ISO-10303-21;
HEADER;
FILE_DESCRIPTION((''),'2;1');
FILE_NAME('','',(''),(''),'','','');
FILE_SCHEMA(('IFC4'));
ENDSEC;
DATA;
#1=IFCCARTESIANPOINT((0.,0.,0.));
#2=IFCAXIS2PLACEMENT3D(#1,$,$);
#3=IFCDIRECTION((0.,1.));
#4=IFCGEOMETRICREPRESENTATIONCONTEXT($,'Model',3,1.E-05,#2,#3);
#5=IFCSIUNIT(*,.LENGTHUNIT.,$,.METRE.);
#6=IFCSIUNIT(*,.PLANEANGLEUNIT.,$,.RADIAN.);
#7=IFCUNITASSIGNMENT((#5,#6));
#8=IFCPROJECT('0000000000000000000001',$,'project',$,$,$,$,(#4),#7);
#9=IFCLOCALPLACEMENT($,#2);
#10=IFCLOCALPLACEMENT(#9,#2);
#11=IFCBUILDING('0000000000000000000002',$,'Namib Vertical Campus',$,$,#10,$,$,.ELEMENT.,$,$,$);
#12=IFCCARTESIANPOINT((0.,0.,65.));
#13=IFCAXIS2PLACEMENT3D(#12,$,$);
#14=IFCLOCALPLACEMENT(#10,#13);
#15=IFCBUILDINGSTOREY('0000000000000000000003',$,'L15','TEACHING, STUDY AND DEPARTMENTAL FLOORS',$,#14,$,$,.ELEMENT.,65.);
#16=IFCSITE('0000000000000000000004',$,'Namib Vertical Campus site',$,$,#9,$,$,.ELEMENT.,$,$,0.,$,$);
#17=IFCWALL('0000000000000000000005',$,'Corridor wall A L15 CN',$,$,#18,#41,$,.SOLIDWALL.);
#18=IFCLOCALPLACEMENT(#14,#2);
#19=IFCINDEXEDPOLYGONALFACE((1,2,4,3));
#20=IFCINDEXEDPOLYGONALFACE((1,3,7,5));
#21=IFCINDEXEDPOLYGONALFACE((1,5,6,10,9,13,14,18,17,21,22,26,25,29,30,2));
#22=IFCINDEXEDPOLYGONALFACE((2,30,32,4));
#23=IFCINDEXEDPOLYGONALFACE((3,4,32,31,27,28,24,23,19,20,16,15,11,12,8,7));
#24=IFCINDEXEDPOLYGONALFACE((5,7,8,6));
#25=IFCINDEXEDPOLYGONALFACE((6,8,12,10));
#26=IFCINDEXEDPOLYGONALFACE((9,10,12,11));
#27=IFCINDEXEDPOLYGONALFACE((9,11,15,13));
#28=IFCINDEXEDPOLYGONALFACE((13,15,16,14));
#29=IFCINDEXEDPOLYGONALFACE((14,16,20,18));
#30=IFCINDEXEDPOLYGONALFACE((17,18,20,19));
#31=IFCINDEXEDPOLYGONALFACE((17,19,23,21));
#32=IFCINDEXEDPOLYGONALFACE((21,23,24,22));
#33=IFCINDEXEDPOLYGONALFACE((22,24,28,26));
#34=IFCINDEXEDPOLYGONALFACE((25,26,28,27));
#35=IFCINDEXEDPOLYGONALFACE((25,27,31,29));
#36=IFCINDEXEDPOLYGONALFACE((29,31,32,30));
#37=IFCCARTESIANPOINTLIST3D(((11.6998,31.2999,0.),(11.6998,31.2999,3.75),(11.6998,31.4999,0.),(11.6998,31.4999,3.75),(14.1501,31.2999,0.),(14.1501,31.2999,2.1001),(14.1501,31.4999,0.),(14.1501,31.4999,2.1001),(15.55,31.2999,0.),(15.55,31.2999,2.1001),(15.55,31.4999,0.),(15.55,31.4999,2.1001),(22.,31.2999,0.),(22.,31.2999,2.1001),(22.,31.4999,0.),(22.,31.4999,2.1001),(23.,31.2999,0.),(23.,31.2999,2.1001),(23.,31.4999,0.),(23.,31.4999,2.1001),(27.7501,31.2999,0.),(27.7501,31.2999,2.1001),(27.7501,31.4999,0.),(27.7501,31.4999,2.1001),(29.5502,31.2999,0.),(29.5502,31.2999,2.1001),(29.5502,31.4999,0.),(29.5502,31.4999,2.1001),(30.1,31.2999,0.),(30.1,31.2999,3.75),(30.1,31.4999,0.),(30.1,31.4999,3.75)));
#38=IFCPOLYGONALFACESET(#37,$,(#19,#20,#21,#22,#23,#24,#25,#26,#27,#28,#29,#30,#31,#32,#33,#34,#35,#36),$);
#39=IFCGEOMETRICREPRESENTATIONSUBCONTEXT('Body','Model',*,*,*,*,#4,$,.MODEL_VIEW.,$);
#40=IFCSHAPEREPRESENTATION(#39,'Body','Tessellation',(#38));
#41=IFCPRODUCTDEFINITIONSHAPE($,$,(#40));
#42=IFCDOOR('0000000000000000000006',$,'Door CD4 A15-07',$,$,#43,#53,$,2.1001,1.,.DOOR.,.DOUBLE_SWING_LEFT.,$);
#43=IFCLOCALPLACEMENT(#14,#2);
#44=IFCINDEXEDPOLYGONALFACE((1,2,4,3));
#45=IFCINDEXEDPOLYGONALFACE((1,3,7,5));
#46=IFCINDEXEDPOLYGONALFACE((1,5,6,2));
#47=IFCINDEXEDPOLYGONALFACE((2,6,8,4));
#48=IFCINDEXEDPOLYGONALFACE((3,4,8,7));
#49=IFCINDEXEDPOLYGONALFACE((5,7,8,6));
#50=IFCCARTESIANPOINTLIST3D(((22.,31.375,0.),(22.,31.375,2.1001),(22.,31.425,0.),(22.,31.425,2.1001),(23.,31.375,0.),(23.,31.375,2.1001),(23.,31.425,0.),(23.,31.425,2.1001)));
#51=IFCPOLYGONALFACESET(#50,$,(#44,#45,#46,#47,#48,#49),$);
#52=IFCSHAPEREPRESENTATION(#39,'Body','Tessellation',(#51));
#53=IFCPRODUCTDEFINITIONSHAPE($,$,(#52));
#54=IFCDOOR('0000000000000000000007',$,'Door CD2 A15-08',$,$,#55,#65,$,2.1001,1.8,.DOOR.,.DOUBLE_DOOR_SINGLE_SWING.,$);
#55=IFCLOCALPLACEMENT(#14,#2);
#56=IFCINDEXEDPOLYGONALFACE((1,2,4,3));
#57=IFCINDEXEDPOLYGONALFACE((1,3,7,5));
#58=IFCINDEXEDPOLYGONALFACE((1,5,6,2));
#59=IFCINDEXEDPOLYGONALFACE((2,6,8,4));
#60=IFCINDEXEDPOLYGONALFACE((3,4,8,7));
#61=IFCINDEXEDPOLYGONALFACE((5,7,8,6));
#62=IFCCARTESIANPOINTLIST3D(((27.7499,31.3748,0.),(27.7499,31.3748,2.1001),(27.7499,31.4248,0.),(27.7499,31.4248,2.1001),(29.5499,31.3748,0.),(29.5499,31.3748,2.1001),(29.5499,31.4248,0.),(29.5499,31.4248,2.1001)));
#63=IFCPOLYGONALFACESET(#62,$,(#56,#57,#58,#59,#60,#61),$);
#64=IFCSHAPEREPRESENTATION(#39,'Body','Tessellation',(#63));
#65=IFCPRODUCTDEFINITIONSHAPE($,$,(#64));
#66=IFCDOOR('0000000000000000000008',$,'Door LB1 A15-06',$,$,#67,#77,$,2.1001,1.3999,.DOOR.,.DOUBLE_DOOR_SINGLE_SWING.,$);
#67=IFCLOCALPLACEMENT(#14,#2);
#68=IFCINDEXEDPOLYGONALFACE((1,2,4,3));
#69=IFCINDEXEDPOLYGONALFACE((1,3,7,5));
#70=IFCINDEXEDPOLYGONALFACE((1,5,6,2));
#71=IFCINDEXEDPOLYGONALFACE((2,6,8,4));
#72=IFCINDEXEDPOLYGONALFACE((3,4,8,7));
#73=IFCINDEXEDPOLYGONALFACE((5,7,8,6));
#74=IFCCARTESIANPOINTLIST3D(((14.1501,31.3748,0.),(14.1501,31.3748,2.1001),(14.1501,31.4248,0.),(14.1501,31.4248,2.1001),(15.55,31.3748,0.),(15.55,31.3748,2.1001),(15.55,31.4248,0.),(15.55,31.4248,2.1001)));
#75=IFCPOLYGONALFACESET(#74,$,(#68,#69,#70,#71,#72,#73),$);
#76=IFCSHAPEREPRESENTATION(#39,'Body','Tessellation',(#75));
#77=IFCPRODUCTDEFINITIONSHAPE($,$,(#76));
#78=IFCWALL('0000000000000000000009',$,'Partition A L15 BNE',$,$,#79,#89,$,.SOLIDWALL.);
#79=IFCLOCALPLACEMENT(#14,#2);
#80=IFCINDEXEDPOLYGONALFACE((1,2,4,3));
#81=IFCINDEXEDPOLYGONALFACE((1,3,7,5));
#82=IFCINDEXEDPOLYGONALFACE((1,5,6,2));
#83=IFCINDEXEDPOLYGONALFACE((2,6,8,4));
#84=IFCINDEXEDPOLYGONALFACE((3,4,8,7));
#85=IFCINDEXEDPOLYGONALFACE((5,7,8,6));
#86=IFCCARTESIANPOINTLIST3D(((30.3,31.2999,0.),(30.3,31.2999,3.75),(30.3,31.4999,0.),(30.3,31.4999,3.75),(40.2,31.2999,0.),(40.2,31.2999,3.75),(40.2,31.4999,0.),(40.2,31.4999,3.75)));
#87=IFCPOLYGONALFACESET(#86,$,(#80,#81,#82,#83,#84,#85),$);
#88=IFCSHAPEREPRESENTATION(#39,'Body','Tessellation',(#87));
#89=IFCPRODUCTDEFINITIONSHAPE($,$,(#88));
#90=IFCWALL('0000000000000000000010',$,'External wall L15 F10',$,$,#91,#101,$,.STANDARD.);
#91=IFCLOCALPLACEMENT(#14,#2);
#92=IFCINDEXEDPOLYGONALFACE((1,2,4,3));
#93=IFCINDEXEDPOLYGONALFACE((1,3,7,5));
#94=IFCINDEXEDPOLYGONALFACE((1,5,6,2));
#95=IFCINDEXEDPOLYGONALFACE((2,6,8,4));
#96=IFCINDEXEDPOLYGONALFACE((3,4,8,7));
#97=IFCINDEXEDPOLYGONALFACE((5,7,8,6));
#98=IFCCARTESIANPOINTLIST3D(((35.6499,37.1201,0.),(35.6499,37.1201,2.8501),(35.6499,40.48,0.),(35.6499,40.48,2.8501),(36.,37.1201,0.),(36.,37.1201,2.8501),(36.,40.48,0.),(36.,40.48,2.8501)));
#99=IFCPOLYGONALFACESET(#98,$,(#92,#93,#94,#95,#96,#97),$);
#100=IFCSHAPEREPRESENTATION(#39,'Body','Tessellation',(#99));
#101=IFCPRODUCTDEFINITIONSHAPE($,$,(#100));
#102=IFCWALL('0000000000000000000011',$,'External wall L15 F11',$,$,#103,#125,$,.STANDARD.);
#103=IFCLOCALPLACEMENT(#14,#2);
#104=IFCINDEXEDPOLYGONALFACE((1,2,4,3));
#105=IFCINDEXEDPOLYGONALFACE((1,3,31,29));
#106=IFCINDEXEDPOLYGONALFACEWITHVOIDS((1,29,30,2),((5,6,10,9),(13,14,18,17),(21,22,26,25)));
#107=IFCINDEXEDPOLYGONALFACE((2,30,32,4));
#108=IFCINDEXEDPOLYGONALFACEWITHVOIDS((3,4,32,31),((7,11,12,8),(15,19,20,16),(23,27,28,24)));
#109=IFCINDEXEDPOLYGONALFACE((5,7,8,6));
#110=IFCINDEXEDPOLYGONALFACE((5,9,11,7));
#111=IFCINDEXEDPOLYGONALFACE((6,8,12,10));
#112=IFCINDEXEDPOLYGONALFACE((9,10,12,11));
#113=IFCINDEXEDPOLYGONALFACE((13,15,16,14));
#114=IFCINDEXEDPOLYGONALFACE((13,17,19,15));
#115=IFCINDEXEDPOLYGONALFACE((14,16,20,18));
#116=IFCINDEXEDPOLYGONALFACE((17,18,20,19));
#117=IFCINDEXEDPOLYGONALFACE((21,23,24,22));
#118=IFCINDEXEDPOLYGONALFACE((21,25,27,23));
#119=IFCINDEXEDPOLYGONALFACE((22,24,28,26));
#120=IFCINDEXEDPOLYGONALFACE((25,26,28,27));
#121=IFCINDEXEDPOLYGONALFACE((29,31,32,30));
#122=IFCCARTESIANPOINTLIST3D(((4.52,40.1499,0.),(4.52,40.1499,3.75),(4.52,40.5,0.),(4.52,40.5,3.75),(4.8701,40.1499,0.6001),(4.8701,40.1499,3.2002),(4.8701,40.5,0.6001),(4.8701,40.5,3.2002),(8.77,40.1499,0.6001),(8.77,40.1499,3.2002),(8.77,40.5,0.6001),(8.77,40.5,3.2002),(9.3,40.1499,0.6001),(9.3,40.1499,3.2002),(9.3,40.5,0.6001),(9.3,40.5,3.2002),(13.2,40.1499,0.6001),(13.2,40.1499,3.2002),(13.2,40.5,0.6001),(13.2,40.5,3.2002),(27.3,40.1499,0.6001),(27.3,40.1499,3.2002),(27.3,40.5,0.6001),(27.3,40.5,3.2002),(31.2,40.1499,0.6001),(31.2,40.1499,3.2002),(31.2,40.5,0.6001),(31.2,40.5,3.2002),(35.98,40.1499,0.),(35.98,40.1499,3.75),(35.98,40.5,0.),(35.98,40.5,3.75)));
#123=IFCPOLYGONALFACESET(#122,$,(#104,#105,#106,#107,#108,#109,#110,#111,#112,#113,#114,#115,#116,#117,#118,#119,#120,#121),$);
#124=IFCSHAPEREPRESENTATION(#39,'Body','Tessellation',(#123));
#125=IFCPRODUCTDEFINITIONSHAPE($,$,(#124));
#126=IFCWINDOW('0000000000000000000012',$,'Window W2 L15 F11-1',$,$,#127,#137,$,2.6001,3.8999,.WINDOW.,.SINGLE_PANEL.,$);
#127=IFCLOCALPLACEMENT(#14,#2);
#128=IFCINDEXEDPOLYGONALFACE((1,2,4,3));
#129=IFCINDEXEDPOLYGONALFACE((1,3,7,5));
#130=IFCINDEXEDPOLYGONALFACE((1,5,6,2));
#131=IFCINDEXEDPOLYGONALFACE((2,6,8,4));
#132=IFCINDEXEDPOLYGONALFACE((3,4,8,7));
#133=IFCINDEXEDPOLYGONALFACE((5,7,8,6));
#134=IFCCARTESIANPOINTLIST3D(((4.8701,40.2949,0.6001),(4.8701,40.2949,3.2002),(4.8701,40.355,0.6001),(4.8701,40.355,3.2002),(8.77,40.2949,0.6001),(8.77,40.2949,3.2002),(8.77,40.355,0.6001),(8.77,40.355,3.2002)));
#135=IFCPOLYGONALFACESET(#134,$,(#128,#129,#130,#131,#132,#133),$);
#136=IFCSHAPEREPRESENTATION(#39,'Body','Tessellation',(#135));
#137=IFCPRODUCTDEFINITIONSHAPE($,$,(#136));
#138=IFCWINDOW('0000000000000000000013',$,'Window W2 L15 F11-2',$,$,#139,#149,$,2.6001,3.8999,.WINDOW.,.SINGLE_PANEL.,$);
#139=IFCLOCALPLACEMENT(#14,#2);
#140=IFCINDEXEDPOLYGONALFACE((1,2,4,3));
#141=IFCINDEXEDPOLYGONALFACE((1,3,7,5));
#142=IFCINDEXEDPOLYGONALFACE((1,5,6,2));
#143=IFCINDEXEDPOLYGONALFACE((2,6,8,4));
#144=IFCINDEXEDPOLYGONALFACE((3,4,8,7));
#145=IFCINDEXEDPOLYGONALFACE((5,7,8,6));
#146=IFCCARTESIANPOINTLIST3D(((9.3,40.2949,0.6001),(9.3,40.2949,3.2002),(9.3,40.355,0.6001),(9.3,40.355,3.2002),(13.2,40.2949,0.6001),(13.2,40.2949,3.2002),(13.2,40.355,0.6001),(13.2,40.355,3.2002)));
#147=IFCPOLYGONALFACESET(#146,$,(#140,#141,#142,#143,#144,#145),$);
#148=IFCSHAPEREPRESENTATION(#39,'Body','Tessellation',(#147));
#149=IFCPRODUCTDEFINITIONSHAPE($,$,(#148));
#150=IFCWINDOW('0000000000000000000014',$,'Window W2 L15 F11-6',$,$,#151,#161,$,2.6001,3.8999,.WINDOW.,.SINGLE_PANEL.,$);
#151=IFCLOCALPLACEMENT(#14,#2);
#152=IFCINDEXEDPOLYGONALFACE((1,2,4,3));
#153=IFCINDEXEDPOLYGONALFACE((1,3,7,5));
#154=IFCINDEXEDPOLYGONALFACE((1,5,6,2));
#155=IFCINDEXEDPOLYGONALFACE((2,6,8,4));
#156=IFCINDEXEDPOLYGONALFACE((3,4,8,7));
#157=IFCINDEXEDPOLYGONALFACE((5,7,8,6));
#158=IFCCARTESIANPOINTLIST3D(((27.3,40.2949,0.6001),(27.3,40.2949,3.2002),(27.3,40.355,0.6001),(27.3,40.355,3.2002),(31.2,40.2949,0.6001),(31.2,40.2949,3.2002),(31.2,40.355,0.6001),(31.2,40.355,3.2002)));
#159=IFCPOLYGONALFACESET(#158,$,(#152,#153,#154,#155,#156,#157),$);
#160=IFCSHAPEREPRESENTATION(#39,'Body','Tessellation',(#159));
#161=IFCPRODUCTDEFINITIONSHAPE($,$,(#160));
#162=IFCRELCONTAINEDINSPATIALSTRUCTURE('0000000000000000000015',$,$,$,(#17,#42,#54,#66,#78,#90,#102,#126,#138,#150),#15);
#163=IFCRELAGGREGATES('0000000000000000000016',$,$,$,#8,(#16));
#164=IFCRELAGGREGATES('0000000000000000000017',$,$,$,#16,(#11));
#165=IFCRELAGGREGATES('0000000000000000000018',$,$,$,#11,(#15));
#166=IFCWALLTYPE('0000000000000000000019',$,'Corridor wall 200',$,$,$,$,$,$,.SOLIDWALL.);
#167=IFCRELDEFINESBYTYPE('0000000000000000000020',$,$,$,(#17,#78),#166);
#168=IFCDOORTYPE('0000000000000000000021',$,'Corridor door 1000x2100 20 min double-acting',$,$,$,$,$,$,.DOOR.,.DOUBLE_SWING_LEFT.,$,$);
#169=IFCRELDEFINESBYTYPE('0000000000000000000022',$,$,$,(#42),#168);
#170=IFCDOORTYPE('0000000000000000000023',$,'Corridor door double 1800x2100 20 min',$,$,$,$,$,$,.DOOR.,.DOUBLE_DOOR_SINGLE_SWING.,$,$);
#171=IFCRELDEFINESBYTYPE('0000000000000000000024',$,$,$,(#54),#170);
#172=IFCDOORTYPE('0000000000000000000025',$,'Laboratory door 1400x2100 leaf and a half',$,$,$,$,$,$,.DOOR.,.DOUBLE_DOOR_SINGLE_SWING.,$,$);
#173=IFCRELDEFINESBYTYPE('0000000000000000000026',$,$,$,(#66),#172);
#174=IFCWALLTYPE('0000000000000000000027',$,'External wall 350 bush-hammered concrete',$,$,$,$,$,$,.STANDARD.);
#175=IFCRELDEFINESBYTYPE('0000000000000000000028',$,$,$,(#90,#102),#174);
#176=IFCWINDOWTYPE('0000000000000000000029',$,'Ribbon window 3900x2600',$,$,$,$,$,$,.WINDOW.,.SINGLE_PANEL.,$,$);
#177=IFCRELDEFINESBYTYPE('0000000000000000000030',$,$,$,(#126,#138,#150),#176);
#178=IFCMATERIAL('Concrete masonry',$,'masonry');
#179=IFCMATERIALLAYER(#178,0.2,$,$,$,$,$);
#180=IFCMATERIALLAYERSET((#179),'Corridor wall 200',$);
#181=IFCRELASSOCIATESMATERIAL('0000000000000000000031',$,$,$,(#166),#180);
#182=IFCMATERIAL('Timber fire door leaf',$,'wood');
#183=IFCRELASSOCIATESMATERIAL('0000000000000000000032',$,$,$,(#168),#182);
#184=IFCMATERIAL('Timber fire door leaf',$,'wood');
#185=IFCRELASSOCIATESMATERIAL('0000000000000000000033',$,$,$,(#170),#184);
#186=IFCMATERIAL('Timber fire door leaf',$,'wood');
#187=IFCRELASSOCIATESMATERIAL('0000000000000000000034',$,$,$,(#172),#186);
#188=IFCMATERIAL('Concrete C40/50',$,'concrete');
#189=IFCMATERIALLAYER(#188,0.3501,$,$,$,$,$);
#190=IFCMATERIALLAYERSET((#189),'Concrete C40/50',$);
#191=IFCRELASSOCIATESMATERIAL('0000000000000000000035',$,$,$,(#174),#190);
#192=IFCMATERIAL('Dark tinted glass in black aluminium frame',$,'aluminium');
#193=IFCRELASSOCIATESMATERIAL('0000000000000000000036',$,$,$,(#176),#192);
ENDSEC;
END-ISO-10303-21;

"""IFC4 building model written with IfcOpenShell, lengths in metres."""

from ifc_helpers import new_model, si_unit, direction, frame, frame_2d, origin, place, context, subcontext, project, spatial, rectangle, extrude, material, layer, layer_set, type_object, element, fill, save


model = new_model("IFC4")

# Units and contexts
model_context = context("Model", 3, precision=1e-05, world=origin(), true_north=direction((0.0, 1.0)))
body_context = subcontext(model_context, "Body", "Model", "MODEL_VIEW")
ifc_project = project(units=[si_unit("LENGTHUNIT", "METRE"), si_unit("PLANEANGLEUNIT", "RADIAN")], contexts=[model_context])

# Site, building, storey
site_placement = place(None, origin())
site = spatial("IfcSite", under=ifc_project, at=site_placement, Name="Namib Vertical Campus site", CompositionType="ELEMENT", RefElevation=0.0)
building_placement = place(site_placement, origin())
building = spatial("IfcBuilding", under=site, at=building_placement, Name="Namib Vertical Campus", CompositionType="ELEMENT")
storey_placement = place(building_placement, frame((0.0, 0.0, 65.0)))
storey = spatial("IfcBuildingStorey", under=building, at=storey_placement, Name="L15", Description="TEACHING, STUDY AND DEPARTMENTAL FLOORS", CompositionType="ELEMENT", Elevation=65.0)

# Wall, openings, doors
ifc_material_1 = material(Name="Concrete masonry", Category="masonry")
ifc_layer_1 = layer(ifc_material_1, 0.2)
ifc_layer_set_1 = layer_set([ifc_layer_1], Name="Corridor wall 200")
wall_type_1 = type_object("IfcWallType", Name="Corridor wall 200", PredefinedType="SOLIDWALL", material=ifc_layer_set_1)
wall_1_placement = place(storey_placement, frame((30.1001, 31.3999, 0.0), z_axis=(0.0, 0.0, 1.0), x_axis=(-1.0, 0.0, 0.0)))
wall_1 = element("IfcWall", 1, at=wall_1_placement, inside=storey, type_object=wall_type_1, Name="Corridor wall A L15 CN", PredefinedType="SOLIDWALL", context=body_context, shape_type="SweptSolid", body=[
    extrude(rectangle(XDim=18.4001, YDim=0.2, at=frame_2d((9.2002, 0.0))), origin(), (0.0, 0.0, 1.0), 3.75),
])
opening_1_placement = place(wall_1_placement, frame((14.55, 0.0, 0.0)))
opening_1 = element("IfcOpeningElement", 2, at=opening_1_placement, cuts=wall_1, PredefinedType="OPENING", context=body_context, shape_type="SweptSolid", body=[
    extrude(rectangle(XDim=1.3999, YDim=2.1001, at=frame_2d((0.7, 1.05))), frame((0.0, 0.1099, 0.0), z_axis=(0.0, -1.0, 0.0), x_axis=(1.0, 0.0, 0.0)), (0.0, 0.0, 1.0), 0.22),
])
opening_2_placement = place(wall_1_placement, frame((7.1001, 0.0, 0.0)))
opening_2 = element("IfcOpeningElement", 3, at=opening_2_placement, cuts=wall_1, PredefinedType="OPENING", context=body_context, shape_type="SweptSolid", body=[
    extrude(rectangle(XDim=1.0, YDim=2.1001, at=frame_2d((0.5, 1.05))), frame((0.0, 0.1099, 0.0), z_axis=(0.0, -1.0, 0.0), x_axis=(1.0, 0.0, 0.0)), (0.0, 0.0, 1.0), 0.22),
])
opening_3_placement = place(wall_1_placement, frame((0.55, 0.0, 0.0)))
opening_3 = element("IfcOpeningElement", 4, at=opening_3_placement, cuts=wall_1, PredefinedType="OPENING", context=body_context, shape_type="SweptSolid", body=[
    extrude(rectangle(XDim=1.8, YDim=2.1001, at=frame_2d((0.8999, 1.05))), frame((0.0, 0.1099, 0.0), z_axis=(0.0, -1.0, 0.0), x_axis=(1.0, 0.0, 0.0)), (0.0, 0.0, 1.0), 0.22),
])
ifc_material_2 = material(Name="Timber fire door leaf", Category="wood")
door_type_1 = type_object("IfcDoorType", Name="Corridor door 1000x2100 20 min double-acting", OperationType="DOUBLE_SWING_LEFT", PredefinedType="DOOR", material=ifc_material_2)
door_1_placement = place(opening_2_placement, origin())
door_1 = element("IfcDoor", 5, at=door_1_placement, inside=storey, type_object=door_type_1, Name="Door CD4 A15-07", OperationType="DOUBLE_SWING_LEFT", OverallHeight=2.1001, OverallWidth=1.0, PredefinedType="DOOR", context=body_context, shape_type="SweptSolid", body=[
    extrude(rectangle(XDim=1.0, YDim=2.1001, at=frame_2d((0.5, 1.05))), frame((0.0, 0.0249, 0.0), z_axis=(0.0, -1.0, 0.0), x_axis=(1.0, 0.0, 0.0)), (0.0, 0.0, 1.0), 0.05),
])
fill(opening_2, door_1)
ifc_material_3 = material(Name="Timber fire door leaf", Category="wood")
door_type_2 = type_object("IfcDoorType", Name="Corridor door double 1800x2100 20 min", OperationType="DOUBLE_DOOR_SINGLE_SWING", PredefinedType="DOOR", material=ifc_material_3)
door_2_placement = place(opening_3_placement, frame((1.8, 0.0, 0.0), z_axis=(0.0, 0.0, 1.0), x_axis=(-1.0, 0.0, 0.0)))
door_2 = element("IfcDoor", 6, at=door_2_placement, inside=storey, type_object=door_type_2, Name="Door CD2 A15-08", OperationType="DOUBLE_DOOR_SINGLE_SWING", OverallHeight=2.1001, OverallWidth=1.8, PredefinedType="DOOR", context=body_context, shape_type="SweptSolid", body=[
    extrude(rectangle(XDim=1.8, YDim=2.1001, at=frame_2d((0.8999, 1.05))), frame((0.0, 0.0249, 0.0), z_axis=(0.0, -1.0, 0.0), x_axis=(1.0, 0.0, 0.0)), (0.0, 0.0, 1.0), 0.05),
])
fill(opening_3, door_2)
ifc_material_4 = material(Name="Timber fire door leaf", Category="wood")
door_type_3 = type_object("IfcDoorType", Name="Laboratory door 1400x2100 leaf and a half", OperationType="DOUBLE_DOOR_SINGLE_SWING", PredefinedType="DOOR", material=ifc_material_4)
door_3_placement = place(opening_1_placement, frame((1.3999, 0.0, 0.0), z_axis=(0.0, 0.0, 1.0), x_axis=(-1.0, 0.0, 0.0)))
door_3 = element("IfcDoor", 7, at=door_3_placement, inside=storey, type_object=door_type_3, Name="Door LB1 A15-06", OperationType="DOUBLE_DOOR_SINGLE_SWING", OverallHeight=2.1001, OverallWidth=1.3999, PredefinedType="DOOR", context=body_context, shape_type="SweptSolid", body=[
    extrude(rectangle(XDim=1.3999, YDim=2.1001, at=frame_2d((0.7, 1.05))), frame((0.0, 0.0249, 0.0), z_axis=(0.0, -1.0, 0.0), x_axis=(1.0, 0.0, 0.0)), (0.0, 0.0, 1.0), 0.05),
])
fill(opening_1, door_3)

# Walls
wall_2_placement = place(storey_placement, frame((30.3, 31.3999, 0.0), z_axis=(0.0, 0.0, 1.0), x_axis=(1.0, 0.0, 0.0)))
element("IfcWall", 8, at=wall_2_placement, inside=storey, type_object=wall_type_1, Name="Partition A L15 BNE", PredefinedType="SOLIDWALL", context=body_context, shape_type="SweptSolid", body=[
    extrude(rectangle(XDim=9.8999, YDim=0.2, at=frame_2d((4.95, 0.0))), origin(), (0.0, 0.0, 1.0), 3.75),
])
ifc_material_5 = material(Name="Concrete C40/50", Category="concrete")
ifc_layer_2 = layer(ifc_material_5, 0.3501)
ifc_layer_set_2 = layer_set([ifc_layer_2], Name="Concrete C40/50")
wall_type_2 = type_object("IfcWallType", Name="External wall 350 bush-hammered concrete", PredefinedType="STANDARD", material=ifc_layer_set_2)
wall_3_placement = place(storey_placement, frame((35.825, 37.1201, 0.0), z_axis=(0.0, 0.0, 1.0), x_axis=(0.0, 1.0, 0.0)))
element("IfcWall", 9, at=wall_3_placement, inside=storey, type_object=wall_type_2, Name="External wall L15 F10", PredefinedType="STANDARD", context=body_context, shape_type="SweptSolid", body=[
    extrude(rectangle(XDim=3.3599, YDim=0.3501, at=frame_2d((1.6799, 0.0))), origin(), (0.0, 0.0, 1.0), 2.8501),
])

# Wall, openings, windows
wall_4_placement = place(storey_placement, frame((35.98, 40.325, 0.0), z_axis=(0.0, 0.0, 1.0), x_axis=(-1.0, 0.0, 0.0)))
wall_4 = element("IfcWall", 10, at=wall_4_placement, inside=storey, type_object=wall_type_2, Name="External wall L15 F11", PredefinedType="STANDARD", context=body_context, shape_type="SweptSolid", body=[
    extrude(rectangle(XDim=31.46, YDim=0.3501, at=frame_2d((15.73, 0.0))), origin(), (0.0, 0.0, 1.0), 3.75),
])
opening_4_placement = place(wall_4_placement, frame((27.21, 0.0, 0.6001)))
opening_4 = element("IfcOpeningElement", 11, at=opening_4_placement, cuts=wall_4, PredefinedType="OPENING", context=body_context, shape_type="SweptSolid", body=[
    extrude(rectangle(XDim=3.8999, YDim=2.6001, at=frame_2d((1.95, 1.3))), frame((0.0, 0.1851, 0.0), z_axis=(0.0, -1.0, 0.0), x_axis=(1.0, 0.0, 0.0)), (0.0, 0.0, 1.0), 0.3701),
])
opening_5_placement = place(wall_4_placement, frame((22.78, 0.0, 0.6001)))
opening_5 = element("IfcOpeningElement", 12, at=opening_5_placement, cuts=wall_4, PredefinedType="OPENING", context=body_context, shape_type="SweptSolid", body=[
    extrude(rectangle(XDim=3.8999, YDim=2.6001, at=frame_2d((1.95, 1.3))), frame((0.0, 0.1851, 0.0), z_axis=(0.0, -1.0, 0.0), x_axis=(1.0, 0.0, 0.0)), (0.0, 0.0, 1.0), 0.3701),
])
opening_6_placement = place(wall_4_placement, frame((4.78, 0.0, 0.6001)))
opening_6 = element("IfcOpeningElement", 13, at=opening_6_placement, cuts=wall_4, PredefinedType="OPENING", context=body_context, shape_type="SweptSolid", body=[
    extrude(rectangle(XDim=3.8999, YDim=2.6001, at=frame_2d((1.95, 1.3))), frame((0.0, 0.1851, 0.0), z_axis=(0.0, -1.0, 0.0), x_axis=(1.0, 0.0, 0.0)), (0.0, 0.0, 1.0), 0.3701),
])
ifc_material_6 = material(Name="Dark tinted glass in black aluminium frame", Category="aluminium")
window_type = type_object("IfcWindowType", Name="Ribbon window 3900x2600", PartitioningType="SINGLE_PANEL", PredefinedType="WINDOW", material=ifc_material_6)
window_1_placement = place(opening_4_placement, origin())
window_1 = element("IfcWindow", 14, at=window_1_placement, inside=storey, type_object=window_type, Name="Window W2 L15 F11-1", OverallHeight=2.6001, OverallWidth=3.8999, PartitioningType="SINGLE_PANEL", PredefinedType="WINDOW", context=body_context, shape_type="SweptSolid", body=[
    extrude(rectangle(XDim=3.8999, YDim=2.6001, at=frame_2d((1.95, 1.3))), frame((0.0, 0.03, 0.0), z_axis=(0.0, -1.0, 0.0), x_axis=(1.0, 0.0, 0.0)), (0.0, 0.0, 1.0), 0.0601),
])
fill(opening_4, window_1)
window_2_placement = place(opening_5_placement, origin())
window_2 = element("IfcWindow", 15, at=window_2_placement, inside=storey, type_object=window_type, Name="Window W2 L15 F11-2", OverallHeight=2.6001, OverallWidth=3.8999, PartitioningType="SINGLE_PANEL", PredefinedType="WINDOW", context=body_context, shape_type="SweptSolid", body=[
    extrude(rectangle(XDim=3.8999, YDim=2.6001, at=frame_2d((1.95, 1.3))), frame((0.0, 0.03, 0.0), z_axis=(0.0, -1.0, 0.0), x_axis=(1.0, 0.0, 0.0)), (0.0, 0.0, 1.0), 0.0601),
])
fill(opening_5, window_2)
window_3_placement = place(opening_6_placement, origin())
window_3 = element("IfcWindow", 16, at=window_3_placement, inside=storey, type_object=window_type, Name="Window W2 L15 F11-6", OverallHeight=2.6001, OverallWidth=3.8999, PartitioningType="SINGLE_PANEL", PredefinedType="WINDOW", context=body_context, shape_type="SweptSolid", body=[
    extrude(rectangle(XDim=3.8999, YDim=2.6001, at=frame_2d((1.95, 1.3))), frame((0.0, 0.03, 0.0), z_axis=(0.0, -1.0, 0.0), x_axis=(1.0, 0.0, 0.0)), (0.0, 0.0, 1.0), 0.0601),
])
fill(opening_6, window_3)

save(model, "model.ifc")
